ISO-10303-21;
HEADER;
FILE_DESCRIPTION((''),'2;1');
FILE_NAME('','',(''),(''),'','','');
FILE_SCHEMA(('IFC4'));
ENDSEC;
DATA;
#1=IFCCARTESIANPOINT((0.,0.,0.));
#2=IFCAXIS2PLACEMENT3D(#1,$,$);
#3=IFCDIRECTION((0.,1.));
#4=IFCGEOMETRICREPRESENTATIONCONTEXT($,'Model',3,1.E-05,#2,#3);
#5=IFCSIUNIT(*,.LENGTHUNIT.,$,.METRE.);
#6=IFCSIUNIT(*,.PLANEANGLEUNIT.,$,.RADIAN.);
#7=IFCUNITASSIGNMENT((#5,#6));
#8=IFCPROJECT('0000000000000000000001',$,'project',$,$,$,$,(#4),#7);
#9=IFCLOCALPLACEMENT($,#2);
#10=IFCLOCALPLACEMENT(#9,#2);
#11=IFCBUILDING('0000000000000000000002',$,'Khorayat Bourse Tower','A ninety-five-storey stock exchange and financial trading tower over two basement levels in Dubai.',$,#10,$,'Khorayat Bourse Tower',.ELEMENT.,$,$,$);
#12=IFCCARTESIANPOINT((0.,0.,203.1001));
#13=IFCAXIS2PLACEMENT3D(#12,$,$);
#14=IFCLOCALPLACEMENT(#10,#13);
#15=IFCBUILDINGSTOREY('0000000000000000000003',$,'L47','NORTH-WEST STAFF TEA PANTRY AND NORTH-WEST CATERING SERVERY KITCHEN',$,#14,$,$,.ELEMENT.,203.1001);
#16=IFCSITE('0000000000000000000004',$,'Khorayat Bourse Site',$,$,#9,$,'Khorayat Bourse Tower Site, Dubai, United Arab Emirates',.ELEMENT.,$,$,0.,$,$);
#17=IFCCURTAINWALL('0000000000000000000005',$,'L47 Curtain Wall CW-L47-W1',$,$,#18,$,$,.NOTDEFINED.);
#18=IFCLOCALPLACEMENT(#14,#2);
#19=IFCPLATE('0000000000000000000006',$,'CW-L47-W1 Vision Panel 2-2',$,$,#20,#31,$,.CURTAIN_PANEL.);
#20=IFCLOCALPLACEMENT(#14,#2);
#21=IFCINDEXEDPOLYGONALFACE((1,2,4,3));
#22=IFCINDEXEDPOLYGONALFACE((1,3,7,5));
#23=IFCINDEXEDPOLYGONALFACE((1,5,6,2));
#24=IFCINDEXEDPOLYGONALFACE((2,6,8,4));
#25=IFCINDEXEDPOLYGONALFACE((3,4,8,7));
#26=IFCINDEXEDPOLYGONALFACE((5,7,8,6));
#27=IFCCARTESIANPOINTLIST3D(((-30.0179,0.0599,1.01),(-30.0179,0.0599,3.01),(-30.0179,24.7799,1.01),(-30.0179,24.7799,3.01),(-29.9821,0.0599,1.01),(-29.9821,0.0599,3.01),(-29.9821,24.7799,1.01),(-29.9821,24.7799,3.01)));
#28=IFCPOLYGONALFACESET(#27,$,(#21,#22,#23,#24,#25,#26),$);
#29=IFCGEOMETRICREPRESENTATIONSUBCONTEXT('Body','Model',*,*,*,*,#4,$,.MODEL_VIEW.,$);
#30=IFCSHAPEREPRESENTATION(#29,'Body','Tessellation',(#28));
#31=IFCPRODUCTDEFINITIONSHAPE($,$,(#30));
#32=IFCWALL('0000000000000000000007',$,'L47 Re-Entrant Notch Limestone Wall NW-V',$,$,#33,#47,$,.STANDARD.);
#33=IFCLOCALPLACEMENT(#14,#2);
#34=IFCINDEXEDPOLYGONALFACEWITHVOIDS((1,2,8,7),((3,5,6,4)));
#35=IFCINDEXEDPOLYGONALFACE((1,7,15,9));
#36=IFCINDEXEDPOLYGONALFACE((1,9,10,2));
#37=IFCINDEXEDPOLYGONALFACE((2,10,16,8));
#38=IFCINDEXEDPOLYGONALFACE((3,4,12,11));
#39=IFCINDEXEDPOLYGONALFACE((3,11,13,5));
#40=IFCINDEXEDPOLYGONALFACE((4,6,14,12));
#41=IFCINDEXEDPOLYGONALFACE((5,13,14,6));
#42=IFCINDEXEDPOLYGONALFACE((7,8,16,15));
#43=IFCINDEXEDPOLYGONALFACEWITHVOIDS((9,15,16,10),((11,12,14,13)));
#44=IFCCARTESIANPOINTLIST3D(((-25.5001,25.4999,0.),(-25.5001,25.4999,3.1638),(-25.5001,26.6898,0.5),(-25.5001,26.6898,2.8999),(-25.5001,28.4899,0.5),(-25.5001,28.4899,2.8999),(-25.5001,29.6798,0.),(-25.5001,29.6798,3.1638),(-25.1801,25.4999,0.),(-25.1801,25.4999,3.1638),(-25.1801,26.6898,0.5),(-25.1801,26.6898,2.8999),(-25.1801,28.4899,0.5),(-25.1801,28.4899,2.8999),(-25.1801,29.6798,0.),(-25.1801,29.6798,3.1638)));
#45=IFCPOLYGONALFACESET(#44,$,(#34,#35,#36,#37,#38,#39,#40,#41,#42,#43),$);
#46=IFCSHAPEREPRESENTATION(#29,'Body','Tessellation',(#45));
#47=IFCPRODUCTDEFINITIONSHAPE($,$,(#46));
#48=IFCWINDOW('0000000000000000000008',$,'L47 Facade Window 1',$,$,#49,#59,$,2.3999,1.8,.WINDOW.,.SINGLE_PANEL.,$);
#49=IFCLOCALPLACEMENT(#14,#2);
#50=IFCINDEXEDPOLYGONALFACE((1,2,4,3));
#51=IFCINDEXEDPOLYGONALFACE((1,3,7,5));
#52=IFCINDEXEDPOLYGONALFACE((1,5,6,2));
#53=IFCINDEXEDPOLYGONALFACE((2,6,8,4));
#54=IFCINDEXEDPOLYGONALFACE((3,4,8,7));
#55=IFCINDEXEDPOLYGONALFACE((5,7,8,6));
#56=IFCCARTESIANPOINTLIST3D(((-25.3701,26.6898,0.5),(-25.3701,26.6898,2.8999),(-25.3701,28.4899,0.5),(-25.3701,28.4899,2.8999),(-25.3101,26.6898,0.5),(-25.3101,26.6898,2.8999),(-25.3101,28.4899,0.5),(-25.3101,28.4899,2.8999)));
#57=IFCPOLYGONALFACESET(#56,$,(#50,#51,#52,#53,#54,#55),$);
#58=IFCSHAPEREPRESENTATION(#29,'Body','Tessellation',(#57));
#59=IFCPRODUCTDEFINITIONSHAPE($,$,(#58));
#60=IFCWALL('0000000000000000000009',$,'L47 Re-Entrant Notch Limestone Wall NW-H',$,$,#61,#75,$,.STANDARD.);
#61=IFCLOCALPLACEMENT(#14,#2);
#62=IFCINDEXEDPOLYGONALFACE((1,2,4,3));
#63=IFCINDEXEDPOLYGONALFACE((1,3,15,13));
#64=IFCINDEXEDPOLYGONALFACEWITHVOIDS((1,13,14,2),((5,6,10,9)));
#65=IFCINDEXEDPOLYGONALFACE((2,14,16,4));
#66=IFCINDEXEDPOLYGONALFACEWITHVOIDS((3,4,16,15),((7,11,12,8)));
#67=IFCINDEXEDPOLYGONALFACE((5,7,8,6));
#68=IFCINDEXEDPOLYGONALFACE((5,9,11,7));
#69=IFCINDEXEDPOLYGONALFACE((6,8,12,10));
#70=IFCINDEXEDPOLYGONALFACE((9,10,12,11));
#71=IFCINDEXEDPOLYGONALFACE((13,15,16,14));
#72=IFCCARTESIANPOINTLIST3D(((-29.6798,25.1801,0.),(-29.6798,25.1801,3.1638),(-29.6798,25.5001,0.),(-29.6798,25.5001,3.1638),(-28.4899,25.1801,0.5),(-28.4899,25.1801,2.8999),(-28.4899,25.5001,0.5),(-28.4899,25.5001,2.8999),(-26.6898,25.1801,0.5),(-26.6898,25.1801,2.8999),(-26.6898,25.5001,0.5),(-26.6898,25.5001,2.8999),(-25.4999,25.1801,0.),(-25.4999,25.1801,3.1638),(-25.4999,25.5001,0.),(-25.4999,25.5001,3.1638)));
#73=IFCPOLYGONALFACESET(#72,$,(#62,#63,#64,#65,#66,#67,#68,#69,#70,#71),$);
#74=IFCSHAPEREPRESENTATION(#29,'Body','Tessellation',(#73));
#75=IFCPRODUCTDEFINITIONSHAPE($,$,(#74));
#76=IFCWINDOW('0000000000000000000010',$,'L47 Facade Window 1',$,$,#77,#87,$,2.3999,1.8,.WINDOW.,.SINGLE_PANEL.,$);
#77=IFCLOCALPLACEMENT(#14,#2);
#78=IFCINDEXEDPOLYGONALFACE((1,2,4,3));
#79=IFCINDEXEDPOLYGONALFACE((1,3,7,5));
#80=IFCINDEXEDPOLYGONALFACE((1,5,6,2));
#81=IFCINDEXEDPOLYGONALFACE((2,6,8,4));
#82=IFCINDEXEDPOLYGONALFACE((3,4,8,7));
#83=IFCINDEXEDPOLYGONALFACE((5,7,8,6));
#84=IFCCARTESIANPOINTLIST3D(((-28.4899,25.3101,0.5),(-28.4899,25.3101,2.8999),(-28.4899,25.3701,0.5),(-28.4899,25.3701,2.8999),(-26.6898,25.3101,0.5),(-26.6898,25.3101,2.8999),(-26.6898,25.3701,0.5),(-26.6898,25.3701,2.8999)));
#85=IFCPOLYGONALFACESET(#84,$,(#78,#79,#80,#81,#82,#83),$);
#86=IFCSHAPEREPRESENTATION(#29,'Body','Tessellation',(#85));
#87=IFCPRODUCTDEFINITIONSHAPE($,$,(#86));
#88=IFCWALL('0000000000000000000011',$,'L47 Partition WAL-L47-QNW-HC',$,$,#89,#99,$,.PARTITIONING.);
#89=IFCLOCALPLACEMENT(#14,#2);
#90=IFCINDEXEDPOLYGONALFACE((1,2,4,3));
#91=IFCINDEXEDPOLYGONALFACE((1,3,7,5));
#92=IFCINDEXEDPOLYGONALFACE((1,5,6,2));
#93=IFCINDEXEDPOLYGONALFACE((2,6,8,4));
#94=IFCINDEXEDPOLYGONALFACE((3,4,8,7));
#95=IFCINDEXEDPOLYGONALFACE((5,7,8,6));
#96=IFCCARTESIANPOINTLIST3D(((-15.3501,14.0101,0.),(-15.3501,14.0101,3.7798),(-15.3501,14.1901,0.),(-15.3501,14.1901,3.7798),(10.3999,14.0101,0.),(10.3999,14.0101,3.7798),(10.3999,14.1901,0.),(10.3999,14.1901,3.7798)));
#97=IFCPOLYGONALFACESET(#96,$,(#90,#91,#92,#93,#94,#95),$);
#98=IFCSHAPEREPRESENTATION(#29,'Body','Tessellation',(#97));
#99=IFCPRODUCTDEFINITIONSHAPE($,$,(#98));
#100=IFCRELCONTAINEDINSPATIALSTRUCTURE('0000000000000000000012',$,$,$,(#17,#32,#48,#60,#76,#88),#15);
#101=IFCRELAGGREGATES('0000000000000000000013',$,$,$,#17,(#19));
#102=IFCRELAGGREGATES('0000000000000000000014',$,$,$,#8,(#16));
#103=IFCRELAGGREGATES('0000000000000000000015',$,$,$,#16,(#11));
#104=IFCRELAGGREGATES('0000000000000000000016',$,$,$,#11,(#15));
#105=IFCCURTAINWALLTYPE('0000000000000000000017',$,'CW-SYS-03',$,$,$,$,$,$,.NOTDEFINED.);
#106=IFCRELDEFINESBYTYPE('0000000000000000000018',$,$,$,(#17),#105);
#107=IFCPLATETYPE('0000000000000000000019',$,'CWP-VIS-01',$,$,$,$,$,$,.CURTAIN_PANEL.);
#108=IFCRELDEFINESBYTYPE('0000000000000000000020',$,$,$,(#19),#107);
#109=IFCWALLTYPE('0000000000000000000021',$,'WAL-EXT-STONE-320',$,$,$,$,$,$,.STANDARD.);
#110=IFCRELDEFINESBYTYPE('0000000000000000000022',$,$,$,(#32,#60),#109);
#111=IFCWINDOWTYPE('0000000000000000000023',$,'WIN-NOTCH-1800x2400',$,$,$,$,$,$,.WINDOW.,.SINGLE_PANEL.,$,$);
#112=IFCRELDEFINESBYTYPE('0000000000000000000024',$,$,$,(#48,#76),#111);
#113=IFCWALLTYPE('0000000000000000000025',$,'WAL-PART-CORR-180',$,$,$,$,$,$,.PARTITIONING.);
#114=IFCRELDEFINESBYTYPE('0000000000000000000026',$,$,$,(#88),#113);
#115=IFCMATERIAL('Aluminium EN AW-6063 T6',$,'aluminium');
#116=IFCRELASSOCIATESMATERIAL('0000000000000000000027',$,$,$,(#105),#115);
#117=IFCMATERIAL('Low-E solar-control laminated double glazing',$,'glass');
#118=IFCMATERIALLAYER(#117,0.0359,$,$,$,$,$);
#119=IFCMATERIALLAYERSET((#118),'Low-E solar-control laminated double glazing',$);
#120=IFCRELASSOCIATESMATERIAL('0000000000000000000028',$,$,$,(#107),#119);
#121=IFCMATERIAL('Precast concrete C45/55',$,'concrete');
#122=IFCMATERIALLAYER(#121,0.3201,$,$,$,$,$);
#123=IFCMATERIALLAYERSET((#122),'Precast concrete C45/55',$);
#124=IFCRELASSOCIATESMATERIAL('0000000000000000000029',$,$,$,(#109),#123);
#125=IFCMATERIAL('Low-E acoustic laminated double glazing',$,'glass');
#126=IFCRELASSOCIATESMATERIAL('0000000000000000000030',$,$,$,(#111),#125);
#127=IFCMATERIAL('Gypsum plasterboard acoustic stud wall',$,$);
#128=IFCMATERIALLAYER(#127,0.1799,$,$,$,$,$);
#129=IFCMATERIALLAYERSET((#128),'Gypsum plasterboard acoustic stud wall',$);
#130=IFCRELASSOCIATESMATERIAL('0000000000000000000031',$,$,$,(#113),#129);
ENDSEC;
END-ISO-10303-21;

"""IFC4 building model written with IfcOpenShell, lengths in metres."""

from ifc_helpers import new_model, si_unit, direction, frame, frame_2d, origin, origin_2d, place, context, subcontext, project, spatial, rectangle, extrude, source, transform, mapped, material, layer, layer_set, type_object, element, fill, aggregate, save


model = new_model("IFC4")

# Units and contexts
model_context = context("Model", 3, precision=1e-05, world=origin(), true_north=direction((0.0, 1.0)))
body_context = subcontext(model_context, "Body", "Model", "MODEL_VIEW")
ifc_project = project(units=[si_unit("LENGTHUNIT", "METRE"), si_unit("PLANEANGLEUNIT", "RADIAN")], contexts=[model_context])

# Site, building, storey
site_placement = place(None, origin())
site = spatial("IfcSite", under=ifc_project, at=site_placement, Name="Khorayat Bourse Site", LongName="Khorayat Bourse Tower Site, Dubai, United Arab Emirates", CompositionType="ELEMENT", RefElevation=0.0)
building_placement = place(site_placement, origin())
building = spatial("IfcBuilding", under=site, at=building_placement, Name="Khorayat Bourse Tower", Description="A ninety-five-storey stock exchange and financial trading tower over two basement levels in Dubai.", LongName="Khorayat Bourse Tower", CompositionType="ELEMENT")
storey_placement = place(building_placement, frame((0.0, 0.0, 203.1001)))
storey = spatial("IfcBuildingStorey", under=building, at=storey_placement, Name="L47", Description="NORTH-WEST STAFF TEA PANTRY AND NORTH-WEST CATERING SERVERY KITCHEN", CompositionType="ELEMENT", Elevation=203.1001)

# Curtain wall
ifc_material_1 = material(Name="Aluminium EN AW-6063 T6", Category="aluminium")
curtain_wall_type = type_object("IfcCurtainWallType", Name="CW-SYS-03", PredefinedType="NOTDEFINED", material=ifc_material_1)
curtain_wall_1_placement = place(storey_placement, origin())
curtain_wall_1 = element("IfcCurtainWall", 1, at=curtain_wall_1_placement, inside=storey, type_object=curtain_wall_type, Name="L47 Curtain Wall CW-L47-W1", PredefinedType="NOTDEFINED")

# Plate
ifc_material_2 = material(Name="Low-E solar-control laminated double glazing", Category="glass")
ifc_layer_1 = layer(ifc_material_2, 0.0359)
ifc_layer_set_1 = layer_set([ifc_layer_1], Name="Low-E solar-control laminated double glazing")
plate_type = type_object("IfcPlateType", Name="CWP-VIS-01", PredefinedType="CURTAIN_PANEL", material=ifc_layer_set_1)
shared_shape_1 = source(origin(), body_context, "Body", "SweptSolid", [
    extrude(rectangle(XDim=24.72, YDim=0.0359, at=origin_2d()), origin(), (0.0, 0.0, 1.0), 2.0),
])
plate_placement = place(storey_placement, frame((-30.0, 12.4199, 1.01), z_axis=(0.0, 0.0, 1.0), x_axis=(0.0, 1.0, 0.0)))
plate = element("IfcPlate", 2, at=plate_placement, type_object=plate_type, Name="CW-L47-W1 Vision Panel 2-2", PredefinedType="CURTAIN_PANEL", context=body_context, shape_type="MappedRepresentation", body=[
    mapped(shared_shape_1, transform((0.0, 0.0, 0.0), scale=1.0)),
])
aggregate(curtain_wall_1, [plate])

# Walls, openings, windows
ifc_material_3 = material(Name="Precast concrete C45/55", Category="concrete")
ifc_layer_2 = layer(ifc_material_3, 0.3201)
ifc_layer_set_2 = layer_set([ifc_layer_2], Name="Precast concrete C45/55")
wall_type_1 = type_object("IfcWallType", Name="WAL-EXT-STONE-320", PredefinedType="STANDARD", material=ifc_layer_set_2)
shared_shape_2 = source(origin(), body_context, "Body", "SweptSolid", [
    extrude(rectangle(XDim=4.1799, YDim=0.3201, at=frame_2d((2.0898, 0.0))), origin(), (0.0, 0.0, 1.0), 3.1638),
])
wall_1_placement = place(storey_placement, frame((-25.3401, 25.5, 0.0), z_axis=(0.0, 0.0, 1.0), x_axis=(0.0, 1.0, 0.0)))
wall_1 = element("IfcWall", 3, at=wall_1_placement, inside=storey, type_object=wall_type_1, Name="L47 Re-Entrant Notch Limestone Wall NW-V", PredefinedType="STANDARD", context=body_context, shape_type="MappedRepresentation", body=[
    mapped(shared_shape_2, transform((0.0, 0.0, 0.0), scale=1.0)),
])
shared_shape_3 = source(origin(), body_context, "Body", "SweptSolid", [
    extrude(rectangle(XDim=1.8, YDim=2.3999, at=frame_2d((0.8999, 1.2))), frame((0.0, 0.1699, 0.0), z_axis=(0.0, -1.0, 0.0), x_axis=(1.0, 0.0, 0.0)), (0.0, 0.0, 1.0), 0.3401),
])
opening_1_placement = place(wall_1_placement, frame((1.1899, 0.0, 0.5)))
opening_1 = element("IfcOpeningElement", 4, at=opening_1_placement, cuts=wall_1, PredefinedType="OPENING", context=body_context, shape_type="MappedRepresentation", body=[
    mapped(shared_shape_3, transform((0.0, 0.0, 0.0), scale=1.0)),
])
ifc_material_4 = material(Name="Low-E acoustic laminated double glazing", Category="glass")
window_type = type_object("IfcWindowType", Name="WIN-NOTCH-1800x2400", PartitioningType="SINGLE_PANEL", PredefinedType="WINDOW", material=ifc_material_4)
shared_shape_4 = source(origin(), body_context, "Body", "SweptSolid", [
    extrude(rectangle(XDim=1.8, YDim=2.3999, at=frame_2d((0.8999, 1.2))), frame((0.0, 0.03, 0.0), z_axis=(0.0, -1.0, 0.0), x_axis=(1.0, 0.0, 0.0)), (0.0, 0.0, 1.0), 0.0601),
])
window_1_placement = place(opening_1_placement, origin())
window_1 = element("IfcWindow", 5, at=window_1_placement, inside=storey, type_object=window_type, Name="L47 Facade Window 1", OverallHeight=2.3999, OverallWidth=1.8, PartitioningType="SINGLE_PANEL", PredefinedType="WINDOW", context=body_context, shape_type="MappedRepresentation", body=[
    mapped(shared_shape_4, transform((0.0, 0.0, 0.0), scale=1.0)),
])
fill(opening_1, window_1)
wall_2_placement = place(storey_placement, frame((-25.5, 25.3401, 0.0), z_axis=(0.0, 0.0, 1.0), x_axis=(-1.0, 0.0, 0.0)))
wall_2 = element("IfcWall", 6, at=wall_2_placement, inside=storey, type_object=wall_type_1, Name="L47 Re-Entrant Notch Limestone Wall NW-H", PredefinedType="STANDARD", context=body_context, shape_type="MappedRepresentation", body=[
    mapped(shared_shape_2, transform((0.0, 0.0, 0.0), scale=1.0)),
])
opening_2_placement = place(wall_2_placement, frame((1.1899, 0.0, 0.5)))
opening_2 = element("IfcOpeningElement", 7, at=opening_2_placement, cuts=wall_2, PredefinedType="OPENING", context=body_context, shape_type="MappedRepresentation", body=[
    mapped(shared_shape_3, transform((0.0, 0.0, 0.0), scale=1.0)),
])
window_2_placement = place(opening_2_placement, origin())
window_2 = element("IfcWindow", 8, at=window_2_placement, inside=storey, type_object=window_type, Name="L47 Facade Window 1", OverallHeight=2.3999, OverallWidth=1.8, PartitioningType="SINGLE_PANEL", PredefinedType="WINDOW", context=body_context, shape_type="MappedRepresentation", body=[
    mapped(shared_shape_4, transform((0.0, 0.0, 0.0), scale=1.0)),
])
fill(opening_2, window_2)

# Wall
ifc_material_5 = material(Name="Gypsum plasterboard acoustic stud wall")
ifc_layer_3 = layer(ifc_material_5, 0.1799)
ifc_layer_set_3 = layer_set([ifc_layer_3], Name="Gypsum plasterboard acoustic stud wall")
wall_type_2 = type_object("IfcWallType", Name="WAL-PART-CORR-180", PredefinedType="PARTITIONING", material=ifc_layer_set_3)
shared_shape_5 = source(origin(), body_context, "Body", "SweptSolid", [
    extrude(rectangle(XDim=25.75, YDim=0.1799, at=frame_2d((12.875, 0.0))), origin(), (0.0, 0.0, 1.0), 3.7798),
])
wall_3_placement = place(storey_placement, frame((-15.3501, 14.1001, 0.0), z_axis=(0.0, 0.0, 1.0), x_axis=(1.0, 0.0, 0.0)))
element("IfcWall", 9, at=wall_3_placement, inside=storey, type_object=wall_type_2, Name="L47 Partition WAL-L47-QNW-HC", PredefinedType="PARTITIONING", context=body_context, shape_type="MappedRepresentation", body=[
    mapped(shared_shape_5, transform((0.0, 0.0, 0.0), scale=1.0)),
])

save(model, "model.ifc")
